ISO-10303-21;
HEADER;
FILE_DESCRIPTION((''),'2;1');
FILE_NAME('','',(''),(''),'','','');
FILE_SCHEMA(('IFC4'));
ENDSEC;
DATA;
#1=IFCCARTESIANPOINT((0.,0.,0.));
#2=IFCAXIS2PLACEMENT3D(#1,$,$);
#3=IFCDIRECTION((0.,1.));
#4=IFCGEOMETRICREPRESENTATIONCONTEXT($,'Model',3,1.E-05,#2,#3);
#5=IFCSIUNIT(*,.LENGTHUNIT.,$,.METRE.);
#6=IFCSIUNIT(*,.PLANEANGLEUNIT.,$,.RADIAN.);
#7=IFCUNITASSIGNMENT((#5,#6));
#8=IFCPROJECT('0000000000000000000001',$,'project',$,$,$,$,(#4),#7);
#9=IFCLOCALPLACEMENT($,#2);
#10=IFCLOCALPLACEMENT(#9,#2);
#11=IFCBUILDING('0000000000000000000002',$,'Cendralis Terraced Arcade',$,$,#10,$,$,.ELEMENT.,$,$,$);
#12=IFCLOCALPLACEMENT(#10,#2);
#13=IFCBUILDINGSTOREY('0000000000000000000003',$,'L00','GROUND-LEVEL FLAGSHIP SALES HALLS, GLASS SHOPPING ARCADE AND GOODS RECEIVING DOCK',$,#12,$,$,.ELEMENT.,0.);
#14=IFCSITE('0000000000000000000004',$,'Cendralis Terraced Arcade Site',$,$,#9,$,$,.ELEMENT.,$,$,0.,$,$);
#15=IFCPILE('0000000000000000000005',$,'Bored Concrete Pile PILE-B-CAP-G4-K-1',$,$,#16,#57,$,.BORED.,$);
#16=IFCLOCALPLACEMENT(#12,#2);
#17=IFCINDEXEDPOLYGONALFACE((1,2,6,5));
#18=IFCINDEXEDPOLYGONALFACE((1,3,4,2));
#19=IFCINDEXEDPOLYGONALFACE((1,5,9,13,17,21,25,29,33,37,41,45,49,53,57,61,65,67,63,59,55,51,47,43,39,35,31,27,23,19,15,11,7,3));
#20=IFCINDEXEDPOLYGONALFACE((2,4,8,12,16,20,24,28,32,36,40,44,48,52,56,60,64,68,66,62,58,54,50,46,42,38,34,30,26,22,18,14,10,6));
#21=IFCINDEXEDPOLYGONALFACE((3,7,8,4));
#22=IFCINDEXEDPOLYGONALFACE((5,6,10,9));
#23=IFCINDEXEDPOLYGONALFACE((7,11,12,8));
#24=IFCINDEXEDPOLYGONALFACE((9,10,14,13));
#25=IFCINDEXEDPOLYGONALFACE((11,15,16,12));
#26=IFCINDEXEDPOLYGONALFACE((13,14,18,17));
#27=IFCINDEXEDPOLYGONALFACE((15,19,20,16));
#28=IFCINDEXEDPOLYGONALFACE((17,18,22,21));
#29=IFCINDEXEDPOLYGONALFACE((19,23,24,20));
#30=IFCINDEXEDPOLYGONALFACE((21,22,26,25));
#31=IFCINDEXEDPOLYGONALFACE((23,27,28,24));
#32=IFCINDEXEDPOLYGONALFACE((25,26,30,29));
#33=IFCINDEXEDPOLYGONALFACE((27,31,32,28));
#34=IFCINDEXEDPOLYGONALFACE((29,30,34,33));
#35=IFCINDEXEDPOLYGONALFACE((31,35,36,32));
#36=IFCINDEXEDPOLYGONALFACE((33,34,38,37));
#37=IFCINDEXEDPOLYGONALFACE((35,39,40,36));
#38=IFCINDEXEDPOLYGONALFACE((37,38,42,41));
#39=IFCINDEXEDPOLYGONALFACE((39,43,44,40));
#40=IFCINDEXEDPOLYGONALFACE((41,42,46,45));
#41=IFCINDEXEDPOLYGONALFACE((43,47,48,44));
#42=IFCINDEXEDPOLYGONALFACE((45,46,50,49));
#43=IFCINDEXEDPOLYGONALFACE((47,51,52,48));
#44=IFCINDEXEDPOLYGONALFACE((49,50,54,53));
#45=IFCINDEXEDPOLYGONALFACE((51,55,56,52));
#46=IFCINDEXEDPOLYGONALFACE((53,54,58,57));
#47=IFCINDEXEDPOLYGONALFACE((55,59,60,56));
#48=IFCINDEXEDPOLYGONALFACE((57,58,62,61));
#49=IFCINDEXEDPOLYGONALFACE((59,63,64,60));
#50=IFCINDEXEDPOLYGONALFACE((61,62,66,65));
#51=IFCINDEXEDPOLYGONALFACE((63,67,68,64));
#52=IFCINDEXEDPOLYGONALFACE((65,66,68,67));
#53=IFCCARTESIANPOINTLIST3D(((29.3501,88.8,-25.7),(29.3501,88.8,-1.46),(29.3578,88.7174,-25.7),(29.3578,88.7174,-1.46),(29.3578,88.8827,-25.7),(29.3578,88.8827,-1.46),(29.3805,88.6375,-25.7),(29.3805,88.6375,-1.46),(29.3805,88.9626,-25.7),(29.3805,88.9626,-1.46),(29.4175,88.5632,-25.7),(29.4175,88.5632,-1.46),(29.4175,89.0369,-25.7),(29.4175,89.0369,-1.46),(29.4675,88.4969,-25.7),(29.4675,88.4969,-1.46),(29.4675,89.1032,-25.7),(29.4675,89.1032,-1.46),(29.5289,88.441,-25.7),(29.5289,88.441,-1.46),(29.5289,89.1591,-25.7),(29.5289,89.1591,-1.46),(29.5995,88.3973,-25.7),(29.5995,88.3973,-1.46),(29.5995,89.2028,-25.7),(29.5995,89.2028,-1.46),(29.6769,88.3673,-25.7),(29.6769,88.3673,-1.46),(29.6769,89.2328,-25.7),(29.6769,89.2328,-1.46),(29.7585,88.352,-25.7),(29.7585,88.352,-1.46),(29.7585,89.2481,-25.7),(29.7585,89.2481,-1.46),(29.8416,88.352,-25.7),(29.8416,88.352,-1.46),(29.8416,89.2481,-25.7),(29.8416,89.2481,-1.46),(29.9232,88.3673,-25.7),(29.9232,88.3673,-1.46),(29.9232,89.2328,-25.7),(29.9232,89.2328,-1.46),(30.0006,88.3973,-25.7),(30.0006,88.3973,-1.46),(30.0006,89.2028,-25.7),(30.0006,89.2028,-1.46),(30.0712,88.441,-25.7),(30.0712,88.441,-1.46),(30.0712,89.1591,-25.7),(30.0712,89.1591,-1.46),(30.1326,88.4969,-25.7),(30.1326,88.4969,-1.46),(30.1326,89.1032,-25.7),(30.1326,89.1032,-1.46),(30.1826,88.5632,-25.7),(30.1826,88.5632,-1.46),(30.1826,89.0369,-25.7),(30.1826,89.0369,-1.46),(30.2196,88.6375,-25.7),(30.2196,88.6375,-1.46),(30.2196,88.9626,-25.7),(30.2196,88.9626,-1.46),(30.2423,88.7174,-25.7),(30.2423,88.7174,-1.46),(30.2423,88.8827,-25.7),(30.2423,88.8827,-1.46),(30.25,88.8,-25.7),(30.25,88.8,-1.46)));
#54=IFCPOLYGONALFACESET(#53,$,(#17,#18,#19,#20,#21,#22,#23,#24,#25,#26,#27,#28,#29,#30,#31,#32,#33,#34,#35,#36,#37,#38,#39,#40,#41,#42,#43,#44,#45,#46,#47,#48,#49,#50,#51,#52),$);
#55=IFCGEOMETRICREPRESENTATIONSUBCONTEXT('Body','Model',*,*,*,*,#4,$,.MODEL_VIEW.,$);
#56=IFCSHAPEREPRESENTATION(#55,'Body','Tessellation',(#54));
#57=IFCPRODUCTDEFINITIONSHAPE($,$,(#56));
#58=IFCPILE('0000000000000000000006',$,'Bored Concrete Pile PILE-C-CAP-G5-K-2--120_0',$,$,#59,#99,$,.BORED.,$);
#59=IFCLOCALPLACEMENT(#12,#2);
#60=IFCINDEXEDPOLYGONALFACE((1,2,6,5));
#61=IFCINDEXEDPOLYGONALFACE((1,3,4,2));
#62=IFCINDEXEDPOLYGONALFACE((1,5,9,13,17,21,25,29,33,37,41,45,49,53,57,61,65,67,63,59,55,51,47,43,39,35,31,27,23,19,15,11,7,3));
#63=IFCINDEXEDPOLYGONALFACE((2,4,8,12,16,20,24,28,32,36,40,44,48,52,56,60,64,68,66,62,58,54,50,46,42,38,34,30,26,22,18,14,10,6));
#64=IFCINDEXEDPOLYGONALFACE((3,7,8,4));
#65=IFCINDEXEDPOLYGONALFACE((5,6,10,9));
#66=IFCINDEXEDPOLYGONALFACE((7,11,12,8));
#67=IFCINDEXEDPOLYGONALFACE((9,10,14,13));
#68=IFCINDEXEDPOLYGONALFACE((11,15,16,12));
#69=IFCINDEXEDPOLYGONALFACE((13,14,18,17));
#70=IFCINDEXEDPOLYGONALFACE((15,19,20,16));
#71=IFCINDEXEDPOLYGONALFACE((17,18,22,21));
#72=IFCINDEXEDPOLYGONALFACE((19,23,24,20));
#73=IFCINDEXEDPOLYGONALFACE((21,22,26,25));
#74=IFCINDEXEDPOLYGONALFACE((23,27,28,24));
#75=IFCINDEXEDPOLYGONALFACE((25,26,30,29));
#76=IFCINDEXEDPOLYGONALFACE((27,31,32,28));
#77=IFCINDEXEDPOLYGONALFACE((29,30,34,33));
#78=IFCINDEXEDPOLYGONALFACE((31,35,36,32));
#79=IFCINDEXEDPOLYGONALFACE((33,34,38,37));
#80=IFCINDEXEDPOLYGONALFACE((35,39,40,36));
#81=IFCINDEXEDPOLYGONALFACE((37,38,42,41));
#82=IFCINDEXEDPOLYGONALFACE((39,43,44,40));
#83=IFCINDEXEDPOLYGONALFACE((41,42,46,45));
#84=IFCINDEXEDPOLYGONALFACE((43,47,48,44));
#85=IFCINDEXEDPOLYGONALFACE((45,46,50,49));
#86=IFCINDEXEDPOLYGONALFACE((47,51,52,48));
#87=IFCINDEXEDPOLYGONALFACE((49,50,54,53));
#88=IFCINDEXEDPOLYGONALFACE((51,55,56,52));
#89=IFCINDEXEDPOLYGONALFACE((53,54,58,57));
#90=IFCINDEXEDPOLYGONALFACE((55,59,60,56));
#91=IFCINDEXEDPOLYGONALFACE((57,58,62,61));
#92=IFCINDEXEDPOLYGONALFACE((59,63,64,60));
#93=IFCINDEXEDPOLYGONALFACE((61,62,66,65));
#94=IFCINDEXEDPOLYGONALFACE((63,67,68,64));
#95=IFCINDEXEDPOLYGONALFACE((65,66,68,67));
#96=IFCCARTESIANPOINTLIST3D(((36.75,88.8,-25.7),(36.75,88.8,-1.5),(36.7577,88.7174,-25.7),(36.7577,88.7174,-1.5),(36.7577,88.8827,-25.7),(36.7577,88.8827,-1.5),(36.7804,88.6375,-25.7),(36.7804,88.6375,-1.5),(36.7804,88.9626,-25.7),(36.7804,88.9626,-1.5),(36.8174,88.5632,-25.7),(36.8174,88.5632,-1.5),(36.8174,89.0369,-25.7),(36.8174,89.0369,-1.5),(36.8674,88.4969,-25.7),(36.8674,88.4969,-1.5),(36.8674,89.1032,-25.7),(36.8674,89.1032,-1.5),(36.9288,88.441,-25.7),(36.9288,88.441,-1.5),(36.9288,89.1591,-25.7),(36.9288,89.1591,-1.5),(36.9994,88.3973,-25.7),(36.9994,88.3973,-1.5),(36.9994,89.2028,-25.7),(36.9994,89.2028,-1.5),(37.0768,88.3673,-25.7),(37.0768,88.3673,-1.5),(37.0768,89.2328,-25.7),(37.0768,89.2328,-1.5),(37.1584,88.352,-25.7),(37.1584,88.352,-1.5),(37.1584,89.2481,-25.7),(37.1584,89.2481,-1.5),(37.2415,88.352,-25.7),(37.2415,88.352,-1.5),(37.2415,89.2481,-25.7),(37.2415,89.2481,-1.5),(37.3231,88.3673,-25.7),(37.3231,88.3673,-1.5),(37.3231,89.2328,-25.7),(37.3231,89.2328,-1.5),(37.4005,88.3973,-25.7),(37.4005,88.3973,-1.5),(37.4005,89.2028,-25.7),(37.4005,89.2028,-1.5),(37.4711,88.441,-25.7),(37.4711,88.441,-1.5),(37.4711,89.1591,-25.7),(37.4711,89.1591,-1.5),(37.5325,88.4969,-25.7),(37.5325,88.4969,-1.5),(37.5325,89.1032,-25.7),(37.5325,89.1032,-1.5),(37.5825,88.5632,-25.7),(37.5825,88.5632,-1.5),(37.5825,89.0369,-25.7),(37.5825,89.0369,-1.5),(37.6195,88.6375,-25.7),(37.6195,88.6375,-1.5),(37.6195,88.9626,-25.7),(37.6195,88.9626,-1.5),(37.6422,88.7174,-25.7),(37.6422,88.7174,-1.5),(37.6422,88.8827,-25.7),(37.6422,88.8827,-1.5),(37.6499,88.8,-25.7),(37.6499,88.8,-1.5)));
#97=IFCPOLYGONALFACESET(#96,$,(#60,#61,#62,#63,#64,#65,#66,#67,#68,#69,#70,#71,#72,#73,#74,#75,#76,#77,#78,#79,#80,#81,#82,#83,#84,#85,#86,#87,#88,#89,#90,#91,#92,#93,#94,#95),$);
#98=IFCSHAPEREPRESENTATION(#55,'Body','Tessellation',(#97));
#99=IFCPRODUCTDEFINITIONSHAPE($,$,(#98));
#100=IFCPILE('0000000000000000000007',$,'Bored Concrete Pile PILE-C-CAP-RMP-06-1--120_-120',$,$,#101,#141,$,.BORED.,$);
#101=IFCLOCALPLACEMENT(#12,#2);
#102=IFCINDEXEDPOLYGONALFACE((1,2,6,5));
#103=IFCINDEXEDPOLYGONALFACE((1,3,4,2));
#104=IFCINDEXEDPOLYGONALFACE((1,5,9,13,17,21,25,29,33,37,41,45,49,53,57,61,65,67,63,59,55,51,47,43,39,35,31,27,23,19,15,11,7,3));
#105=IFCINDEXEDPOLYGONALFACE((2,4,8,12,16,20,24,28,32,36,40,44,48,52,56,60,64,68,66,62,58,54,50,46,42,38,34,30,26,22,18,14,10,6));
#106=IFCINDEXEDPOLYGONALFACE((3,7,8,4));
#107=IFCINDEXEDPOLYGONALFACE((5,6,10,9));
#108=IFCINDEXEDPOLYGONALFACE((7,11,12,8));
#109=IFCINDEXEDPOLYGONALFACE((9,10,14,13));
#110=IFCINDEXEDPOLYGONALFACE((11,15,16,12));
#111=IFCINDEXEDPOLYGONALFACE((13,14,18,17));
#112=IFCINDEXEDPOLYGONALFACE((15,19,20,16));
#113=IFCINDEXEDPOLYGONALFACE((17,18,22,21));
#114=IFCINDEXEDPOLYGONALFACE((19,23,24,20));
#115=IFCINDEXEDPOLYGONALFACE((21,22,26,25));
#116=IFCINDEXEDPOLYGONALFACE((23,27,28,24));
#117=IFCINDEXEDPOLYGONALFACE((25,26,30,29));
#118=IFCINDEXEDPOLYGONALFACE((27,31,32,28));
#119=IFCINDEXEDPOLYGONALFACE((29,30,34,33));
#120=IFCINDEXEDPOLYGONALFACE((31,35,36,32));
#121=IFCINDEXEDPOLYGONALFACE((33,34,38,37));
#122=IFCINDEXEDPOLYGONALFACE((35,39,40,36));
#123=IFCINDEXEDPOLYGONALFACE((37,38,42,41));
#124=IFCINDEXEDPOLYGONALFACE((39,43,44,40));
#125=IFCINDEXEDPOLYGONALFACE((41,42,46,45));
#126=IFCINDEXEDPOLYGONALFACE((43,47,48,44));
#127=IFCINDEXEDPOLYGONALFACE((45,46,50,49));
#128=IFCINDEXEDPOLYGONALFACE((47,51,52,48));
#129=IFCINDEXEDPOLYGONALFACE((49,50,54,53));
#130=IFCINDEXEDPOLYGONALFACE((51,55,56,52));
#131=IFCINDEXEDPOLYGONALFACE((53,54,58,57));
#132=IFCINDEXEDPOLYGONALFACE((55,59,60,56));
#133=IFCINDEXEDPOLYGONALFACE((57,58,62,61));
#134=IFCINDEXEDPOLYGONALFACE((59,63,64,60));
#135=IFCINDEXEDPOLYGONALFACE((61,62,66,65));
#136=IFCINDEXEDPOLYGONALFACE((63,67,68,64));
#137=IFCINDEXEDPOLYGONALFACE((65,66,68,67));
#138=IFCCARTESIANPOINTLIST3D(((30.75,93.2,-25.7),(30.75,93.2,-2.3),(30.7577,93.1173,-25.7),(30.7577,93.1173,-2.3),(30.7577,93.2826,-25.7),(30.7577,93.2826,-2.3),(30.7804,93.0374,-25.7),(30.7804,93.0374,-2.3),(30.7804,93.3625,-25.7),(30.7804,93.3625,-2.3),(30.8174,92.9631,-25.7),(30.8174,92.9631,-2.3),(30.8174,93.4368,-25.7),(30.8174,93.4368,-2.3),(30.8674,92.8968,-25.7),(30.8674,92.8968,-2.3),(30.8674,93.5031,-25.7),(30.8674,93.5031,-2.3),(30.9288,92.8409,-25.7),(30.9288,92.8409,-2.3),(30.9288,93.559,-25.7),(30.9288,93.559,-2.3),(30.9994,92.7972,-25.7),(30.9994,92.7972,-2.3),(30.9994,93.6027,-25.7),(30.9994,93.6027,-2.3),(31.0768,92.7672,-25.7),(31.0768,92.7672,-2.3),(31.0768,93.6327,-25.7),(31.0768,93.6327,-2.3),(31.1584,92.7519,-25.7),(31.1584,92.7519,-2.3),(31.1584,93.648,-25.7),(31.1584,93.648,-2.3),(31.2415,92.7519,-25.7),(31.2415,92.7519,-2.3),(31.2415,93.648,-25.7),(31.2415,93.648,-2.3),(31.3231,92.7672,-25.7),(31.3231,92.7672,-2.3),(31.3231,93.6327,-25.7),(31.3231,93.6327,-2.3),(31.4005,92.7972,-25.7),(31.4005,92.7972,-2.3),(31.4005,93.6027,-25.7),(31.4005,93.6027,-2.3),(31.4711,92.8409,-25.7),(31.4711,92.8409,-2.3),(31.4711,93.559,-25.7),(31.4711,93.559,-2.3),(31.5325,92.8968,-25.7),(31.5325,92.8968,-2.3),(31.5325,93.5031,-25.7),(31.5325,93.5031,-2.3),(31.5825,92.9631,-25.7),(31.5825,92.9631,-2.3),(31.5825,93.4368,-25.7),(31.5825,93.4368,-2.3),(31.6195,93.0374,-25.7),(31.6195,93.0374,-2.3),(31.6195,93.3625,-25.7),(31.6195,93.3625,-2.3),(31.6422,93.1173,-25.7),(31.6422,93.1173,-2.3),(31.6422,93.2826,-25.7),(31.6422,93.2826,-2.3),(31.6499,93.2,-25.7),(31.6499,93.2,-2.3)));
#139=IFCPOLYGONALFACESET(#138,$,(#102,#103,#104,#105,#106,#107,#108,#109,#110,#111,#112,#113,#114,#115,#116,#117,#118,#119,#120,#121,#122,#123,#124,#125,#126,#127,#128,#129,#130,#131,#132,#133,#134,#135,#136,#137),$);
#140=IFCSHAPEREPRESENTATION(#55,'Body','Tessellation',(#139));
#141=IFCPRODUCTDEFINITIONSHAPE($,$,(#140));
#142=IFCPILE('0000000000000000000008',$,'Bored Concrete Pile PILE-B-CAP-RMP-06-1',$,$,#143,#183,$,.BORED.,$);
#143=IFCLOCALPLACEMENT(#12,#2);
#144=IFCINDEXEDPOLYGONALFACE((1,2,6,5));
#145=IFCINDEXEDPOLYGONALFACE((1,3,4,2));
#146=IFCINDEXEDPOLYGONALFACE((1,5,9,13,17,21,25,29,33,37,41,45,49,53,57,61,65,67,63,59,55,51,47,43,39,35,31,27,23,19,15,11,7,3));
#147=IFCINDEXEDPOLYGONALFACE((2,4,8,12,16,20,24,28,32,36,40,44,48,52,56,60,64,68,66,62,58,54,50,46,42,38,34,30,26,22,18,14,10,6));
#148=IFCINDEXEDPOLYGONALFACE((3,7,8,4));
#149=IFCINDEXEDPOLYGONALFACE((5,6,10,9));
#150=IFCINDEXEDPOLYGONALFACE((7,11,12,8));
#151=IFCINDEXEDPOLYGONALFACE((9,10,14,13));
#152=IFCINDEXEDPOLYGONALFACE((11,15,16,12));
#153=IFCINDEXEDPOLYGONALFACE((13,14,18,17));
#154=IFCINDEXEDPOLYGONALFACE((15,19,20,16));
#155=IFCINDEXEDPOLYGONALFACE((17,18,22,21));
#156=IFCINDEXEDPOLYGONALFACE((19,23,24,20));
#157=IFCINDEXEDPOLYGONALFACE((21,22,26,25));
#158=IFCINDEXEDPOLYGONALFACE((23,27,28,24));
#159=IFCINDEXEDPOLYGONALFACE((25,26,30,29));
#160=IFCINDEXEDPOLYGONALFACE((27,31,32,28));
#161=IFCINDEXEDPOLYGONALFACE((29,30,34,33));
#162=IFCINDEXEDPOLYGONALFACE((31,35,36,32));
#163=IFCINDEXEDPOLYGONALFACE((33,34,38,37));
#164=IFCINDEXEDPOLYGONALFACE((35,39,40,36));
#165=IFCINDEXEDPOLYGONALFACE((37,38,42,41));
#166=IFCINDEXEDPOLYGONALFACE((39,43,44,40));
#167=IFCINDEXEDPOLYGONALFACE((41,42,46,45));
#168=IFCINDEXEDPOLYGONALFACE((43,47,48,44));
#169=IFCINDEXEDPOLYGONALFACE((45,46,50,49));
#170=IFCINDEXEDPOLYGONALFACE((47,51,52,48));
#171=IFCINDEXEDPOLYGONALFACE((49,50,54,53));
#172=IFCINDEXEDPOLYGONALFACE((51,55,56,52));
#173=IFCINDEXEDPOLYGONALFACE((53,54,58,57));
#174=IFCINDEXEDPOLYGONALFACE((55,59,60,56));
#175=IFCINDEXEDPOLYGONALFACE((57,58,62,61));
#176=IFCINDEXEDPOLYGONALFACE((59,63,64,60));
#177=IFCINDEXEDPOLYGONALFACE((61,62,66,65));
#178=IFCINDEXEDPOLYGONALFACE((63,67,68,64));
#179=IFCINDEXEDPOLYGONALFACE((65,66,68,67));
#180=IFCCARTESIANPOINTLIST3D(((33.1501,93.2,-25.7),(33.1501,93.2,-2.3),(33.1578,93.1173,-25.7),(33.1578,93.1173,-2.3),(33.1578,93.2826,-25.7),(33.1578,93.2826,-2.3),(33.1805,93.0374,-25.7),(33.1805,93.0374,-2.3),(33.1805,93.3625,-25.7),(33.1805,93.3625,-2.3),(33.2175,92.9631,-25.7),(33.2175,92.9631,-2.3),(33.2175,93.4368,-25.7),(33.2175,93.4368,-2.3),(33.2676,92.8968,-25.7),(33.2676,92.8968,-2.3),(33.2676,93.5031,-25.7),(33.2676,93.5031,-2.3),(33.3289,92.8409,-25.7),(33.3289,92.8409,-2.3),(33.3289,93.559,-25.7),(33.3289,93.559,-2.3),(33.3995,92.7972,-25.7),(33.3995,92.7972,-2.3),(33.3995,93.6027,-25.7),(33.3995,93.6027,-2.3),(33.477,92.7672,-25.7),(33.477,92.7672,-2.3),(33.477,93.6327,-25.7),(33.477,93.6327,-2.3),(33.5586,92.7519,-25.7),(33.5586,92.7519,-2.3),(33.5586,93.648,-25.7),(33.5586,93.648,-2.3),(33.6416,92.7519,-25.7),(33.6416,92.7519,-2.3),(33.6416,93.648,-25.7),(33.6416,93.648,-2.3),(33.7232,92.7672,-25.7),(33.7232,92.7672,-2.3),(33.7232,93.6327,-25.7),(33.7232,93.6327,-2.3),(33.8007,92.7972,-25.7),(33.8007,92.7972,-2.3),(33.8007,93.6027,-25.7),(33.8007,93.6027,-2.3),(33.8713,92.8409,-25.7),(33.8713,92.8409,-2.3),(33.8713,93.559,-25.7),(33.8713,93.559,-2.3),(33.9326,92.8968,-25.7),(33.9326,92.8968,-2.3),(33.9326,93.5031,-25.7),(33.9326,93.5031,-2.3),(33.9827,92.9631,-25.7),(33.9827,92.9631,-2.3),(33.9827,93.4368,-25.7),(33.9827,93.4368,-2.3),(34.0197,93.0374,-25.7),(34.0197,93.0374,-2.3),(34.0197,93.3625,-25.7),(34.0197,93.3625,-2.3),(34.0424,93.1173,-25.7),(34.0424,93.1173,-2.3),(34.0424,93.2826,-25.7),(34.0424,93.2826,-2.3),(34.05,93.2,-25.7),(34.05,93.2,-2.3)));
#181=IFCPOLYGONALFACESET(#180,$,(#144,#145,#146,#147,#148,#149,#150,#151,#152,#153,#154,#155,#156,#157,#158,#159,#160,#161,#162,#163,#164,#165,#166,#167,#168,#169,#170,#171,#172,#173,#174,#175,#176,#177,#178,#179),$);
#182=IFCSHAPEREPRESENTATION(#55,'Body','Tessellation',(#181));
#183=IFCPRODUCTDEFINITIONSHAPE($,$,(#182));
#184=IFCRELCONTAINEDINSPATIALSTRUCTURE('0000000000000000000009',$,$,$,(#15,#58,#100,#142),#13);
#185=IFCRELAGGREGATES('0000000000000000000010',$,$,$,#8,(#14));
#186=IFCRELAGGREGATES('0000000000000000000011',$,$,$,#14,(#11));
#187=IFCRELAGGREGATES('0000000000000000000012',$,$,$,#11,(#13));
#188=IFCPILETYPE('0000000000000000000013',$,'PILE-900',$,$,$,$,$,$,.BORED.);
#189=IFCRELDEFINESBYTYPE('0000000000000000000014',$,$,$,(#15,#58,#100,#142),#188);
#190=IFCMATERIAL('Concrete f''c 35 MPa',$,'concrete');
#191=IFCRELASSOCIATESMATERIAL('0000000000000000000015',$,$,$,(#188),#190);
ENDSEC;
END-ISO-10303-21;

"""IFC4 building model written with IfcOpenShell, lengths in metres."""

from ifc_helpers import new_model, si_unit, direction, frame, origin, origin_2d, place, context, subcontext, project, spatial, circle, extrude, material, material_profile, profile_set, type_object, element, save


model = new_model("IFC4")

# Units and contexts
model_context = context("Model", 3, precision=1e-05, world=origin(), true_north=direction((0.0, 1.0)))
body_context = subcontext(model_context, "Body", "Model", "MODEL_VIEW")
ifc_project = project(units=[si_unit("LENGTHUNIT", "METRE"), si_unit("PLANEANGLEUNIT", "RADIAN")], contexts=[model_context])

# Site, building, storey
site_placement = place(None, origin())
site = spatial("IfcSite", under=ifc_project, at=site_placement, Name="Cendralis Terraced Arcade Site", CompositionType="ELEMENT", RefElevation=0.0)
building_placement = place(site_placement, origin())
building = spatial("IfcBuilding", under=site, at=building_placement, Name="Cendralis Terraced Arcade", CompositionType="ELEMENT")
storey_placement = place(building_placement, origin())
storey = spatial("IfcBuildingStorey", under=building, at=storey_placement, Name="L00", Description="GROUND-LEVEL FLAGSHIP SALES HALLS, GLASS SHOPPING ARCADE AND GOODS RECEIVING DOCK", CompositionType="ELEMENT", Elevation=0.0)

# Shared definitions
ifc_material_1 = material(Name="Concrete f'c 35 MPa", Category="concrete")

# Piles
ifc_material_profile_1 = material_profile(ifc_material_1, circle(Radius=0.45, at=origin_2d()), Name="PILE-D900", Category="LoadBearing")
ifc_profile_set_1 = profile_set([ifc_material_profile_1], Name="Concrete f'c 35 MPa")
pile_type_1 = type_object("IfcPileType", Name="PILE-900", PredefinedType="BORED", material=ifc_profile_set_1)
pile_1_placement = place(storey_placement, frame((29.8, 88.8, -1.46), z_axis=(0.0, 0.0, -1.0), x_axis=(1.0, 0.0, 0.0)))
element("IfcPile", 1, at=pile_1_placement, inside=storey, type_object=pile_type_1, Name="Bored Concrete Pile PILE-B-CAP-G4-K-1", PredefinedType="BORED", context=body_context, shape_type="SweptSolid", body=[
    extrude(circle(Radius=0.45, at=origin_2d()), origin(), (0.0, 0.0, 1.0), 24.24),
])
pile_2_placement = place(storey_placement, frame((37.2, 88.8, -1.5), z_axis=(0.0, 0.0, -1.0), x_axis=(1.0, 0.0, 0.0)))
element("IfcPile", 2, at=pile_2_placement, inside=storey, type_object=pile_type_1, Name="Bored Concrete Pile PILE-C-CAP-G5-K-2--120_0", PredefinedType="BORED", context=body_context, shape_type="SweptSolid", body=[
    extrude(circle(Radius=0.45, at=origin_2d()), origin(), (0.0, 0.0, 1.0), 24.2),
])
for number, where, z_axis, x_axis, name in (
    (3, (31.2, 93.2, -2.3), (0.0, 0.0, -1.0), (1.0, 0.0, 0.0), "Bored Concrete Pile PILE-C-CAP-RMP-06-1--120_-120"),
    (4, (33.6001, 93.2, -2.3), (0.0, 0.0, -1.0), (1.0, 0.0, 0.0), "Bored Concrete Pile PILE-B-CAP-RMP-06-1"),
):
    element("IfcPile", number, at=place(storey_placement, frame(where, z_axis=z_axis, x_axis=x_axis)), inside=storey, type_object=pile_type_1, Name=name, PredefinedType="BORED", context=body_context, shape_type="SweptSolid", body=[
        extrude(circle(Radius=0.45, at=origin_2d()), origin(), (0.0, 0.0, 1.0), 23.3999),
    ])

save(model, "model.ifc")
